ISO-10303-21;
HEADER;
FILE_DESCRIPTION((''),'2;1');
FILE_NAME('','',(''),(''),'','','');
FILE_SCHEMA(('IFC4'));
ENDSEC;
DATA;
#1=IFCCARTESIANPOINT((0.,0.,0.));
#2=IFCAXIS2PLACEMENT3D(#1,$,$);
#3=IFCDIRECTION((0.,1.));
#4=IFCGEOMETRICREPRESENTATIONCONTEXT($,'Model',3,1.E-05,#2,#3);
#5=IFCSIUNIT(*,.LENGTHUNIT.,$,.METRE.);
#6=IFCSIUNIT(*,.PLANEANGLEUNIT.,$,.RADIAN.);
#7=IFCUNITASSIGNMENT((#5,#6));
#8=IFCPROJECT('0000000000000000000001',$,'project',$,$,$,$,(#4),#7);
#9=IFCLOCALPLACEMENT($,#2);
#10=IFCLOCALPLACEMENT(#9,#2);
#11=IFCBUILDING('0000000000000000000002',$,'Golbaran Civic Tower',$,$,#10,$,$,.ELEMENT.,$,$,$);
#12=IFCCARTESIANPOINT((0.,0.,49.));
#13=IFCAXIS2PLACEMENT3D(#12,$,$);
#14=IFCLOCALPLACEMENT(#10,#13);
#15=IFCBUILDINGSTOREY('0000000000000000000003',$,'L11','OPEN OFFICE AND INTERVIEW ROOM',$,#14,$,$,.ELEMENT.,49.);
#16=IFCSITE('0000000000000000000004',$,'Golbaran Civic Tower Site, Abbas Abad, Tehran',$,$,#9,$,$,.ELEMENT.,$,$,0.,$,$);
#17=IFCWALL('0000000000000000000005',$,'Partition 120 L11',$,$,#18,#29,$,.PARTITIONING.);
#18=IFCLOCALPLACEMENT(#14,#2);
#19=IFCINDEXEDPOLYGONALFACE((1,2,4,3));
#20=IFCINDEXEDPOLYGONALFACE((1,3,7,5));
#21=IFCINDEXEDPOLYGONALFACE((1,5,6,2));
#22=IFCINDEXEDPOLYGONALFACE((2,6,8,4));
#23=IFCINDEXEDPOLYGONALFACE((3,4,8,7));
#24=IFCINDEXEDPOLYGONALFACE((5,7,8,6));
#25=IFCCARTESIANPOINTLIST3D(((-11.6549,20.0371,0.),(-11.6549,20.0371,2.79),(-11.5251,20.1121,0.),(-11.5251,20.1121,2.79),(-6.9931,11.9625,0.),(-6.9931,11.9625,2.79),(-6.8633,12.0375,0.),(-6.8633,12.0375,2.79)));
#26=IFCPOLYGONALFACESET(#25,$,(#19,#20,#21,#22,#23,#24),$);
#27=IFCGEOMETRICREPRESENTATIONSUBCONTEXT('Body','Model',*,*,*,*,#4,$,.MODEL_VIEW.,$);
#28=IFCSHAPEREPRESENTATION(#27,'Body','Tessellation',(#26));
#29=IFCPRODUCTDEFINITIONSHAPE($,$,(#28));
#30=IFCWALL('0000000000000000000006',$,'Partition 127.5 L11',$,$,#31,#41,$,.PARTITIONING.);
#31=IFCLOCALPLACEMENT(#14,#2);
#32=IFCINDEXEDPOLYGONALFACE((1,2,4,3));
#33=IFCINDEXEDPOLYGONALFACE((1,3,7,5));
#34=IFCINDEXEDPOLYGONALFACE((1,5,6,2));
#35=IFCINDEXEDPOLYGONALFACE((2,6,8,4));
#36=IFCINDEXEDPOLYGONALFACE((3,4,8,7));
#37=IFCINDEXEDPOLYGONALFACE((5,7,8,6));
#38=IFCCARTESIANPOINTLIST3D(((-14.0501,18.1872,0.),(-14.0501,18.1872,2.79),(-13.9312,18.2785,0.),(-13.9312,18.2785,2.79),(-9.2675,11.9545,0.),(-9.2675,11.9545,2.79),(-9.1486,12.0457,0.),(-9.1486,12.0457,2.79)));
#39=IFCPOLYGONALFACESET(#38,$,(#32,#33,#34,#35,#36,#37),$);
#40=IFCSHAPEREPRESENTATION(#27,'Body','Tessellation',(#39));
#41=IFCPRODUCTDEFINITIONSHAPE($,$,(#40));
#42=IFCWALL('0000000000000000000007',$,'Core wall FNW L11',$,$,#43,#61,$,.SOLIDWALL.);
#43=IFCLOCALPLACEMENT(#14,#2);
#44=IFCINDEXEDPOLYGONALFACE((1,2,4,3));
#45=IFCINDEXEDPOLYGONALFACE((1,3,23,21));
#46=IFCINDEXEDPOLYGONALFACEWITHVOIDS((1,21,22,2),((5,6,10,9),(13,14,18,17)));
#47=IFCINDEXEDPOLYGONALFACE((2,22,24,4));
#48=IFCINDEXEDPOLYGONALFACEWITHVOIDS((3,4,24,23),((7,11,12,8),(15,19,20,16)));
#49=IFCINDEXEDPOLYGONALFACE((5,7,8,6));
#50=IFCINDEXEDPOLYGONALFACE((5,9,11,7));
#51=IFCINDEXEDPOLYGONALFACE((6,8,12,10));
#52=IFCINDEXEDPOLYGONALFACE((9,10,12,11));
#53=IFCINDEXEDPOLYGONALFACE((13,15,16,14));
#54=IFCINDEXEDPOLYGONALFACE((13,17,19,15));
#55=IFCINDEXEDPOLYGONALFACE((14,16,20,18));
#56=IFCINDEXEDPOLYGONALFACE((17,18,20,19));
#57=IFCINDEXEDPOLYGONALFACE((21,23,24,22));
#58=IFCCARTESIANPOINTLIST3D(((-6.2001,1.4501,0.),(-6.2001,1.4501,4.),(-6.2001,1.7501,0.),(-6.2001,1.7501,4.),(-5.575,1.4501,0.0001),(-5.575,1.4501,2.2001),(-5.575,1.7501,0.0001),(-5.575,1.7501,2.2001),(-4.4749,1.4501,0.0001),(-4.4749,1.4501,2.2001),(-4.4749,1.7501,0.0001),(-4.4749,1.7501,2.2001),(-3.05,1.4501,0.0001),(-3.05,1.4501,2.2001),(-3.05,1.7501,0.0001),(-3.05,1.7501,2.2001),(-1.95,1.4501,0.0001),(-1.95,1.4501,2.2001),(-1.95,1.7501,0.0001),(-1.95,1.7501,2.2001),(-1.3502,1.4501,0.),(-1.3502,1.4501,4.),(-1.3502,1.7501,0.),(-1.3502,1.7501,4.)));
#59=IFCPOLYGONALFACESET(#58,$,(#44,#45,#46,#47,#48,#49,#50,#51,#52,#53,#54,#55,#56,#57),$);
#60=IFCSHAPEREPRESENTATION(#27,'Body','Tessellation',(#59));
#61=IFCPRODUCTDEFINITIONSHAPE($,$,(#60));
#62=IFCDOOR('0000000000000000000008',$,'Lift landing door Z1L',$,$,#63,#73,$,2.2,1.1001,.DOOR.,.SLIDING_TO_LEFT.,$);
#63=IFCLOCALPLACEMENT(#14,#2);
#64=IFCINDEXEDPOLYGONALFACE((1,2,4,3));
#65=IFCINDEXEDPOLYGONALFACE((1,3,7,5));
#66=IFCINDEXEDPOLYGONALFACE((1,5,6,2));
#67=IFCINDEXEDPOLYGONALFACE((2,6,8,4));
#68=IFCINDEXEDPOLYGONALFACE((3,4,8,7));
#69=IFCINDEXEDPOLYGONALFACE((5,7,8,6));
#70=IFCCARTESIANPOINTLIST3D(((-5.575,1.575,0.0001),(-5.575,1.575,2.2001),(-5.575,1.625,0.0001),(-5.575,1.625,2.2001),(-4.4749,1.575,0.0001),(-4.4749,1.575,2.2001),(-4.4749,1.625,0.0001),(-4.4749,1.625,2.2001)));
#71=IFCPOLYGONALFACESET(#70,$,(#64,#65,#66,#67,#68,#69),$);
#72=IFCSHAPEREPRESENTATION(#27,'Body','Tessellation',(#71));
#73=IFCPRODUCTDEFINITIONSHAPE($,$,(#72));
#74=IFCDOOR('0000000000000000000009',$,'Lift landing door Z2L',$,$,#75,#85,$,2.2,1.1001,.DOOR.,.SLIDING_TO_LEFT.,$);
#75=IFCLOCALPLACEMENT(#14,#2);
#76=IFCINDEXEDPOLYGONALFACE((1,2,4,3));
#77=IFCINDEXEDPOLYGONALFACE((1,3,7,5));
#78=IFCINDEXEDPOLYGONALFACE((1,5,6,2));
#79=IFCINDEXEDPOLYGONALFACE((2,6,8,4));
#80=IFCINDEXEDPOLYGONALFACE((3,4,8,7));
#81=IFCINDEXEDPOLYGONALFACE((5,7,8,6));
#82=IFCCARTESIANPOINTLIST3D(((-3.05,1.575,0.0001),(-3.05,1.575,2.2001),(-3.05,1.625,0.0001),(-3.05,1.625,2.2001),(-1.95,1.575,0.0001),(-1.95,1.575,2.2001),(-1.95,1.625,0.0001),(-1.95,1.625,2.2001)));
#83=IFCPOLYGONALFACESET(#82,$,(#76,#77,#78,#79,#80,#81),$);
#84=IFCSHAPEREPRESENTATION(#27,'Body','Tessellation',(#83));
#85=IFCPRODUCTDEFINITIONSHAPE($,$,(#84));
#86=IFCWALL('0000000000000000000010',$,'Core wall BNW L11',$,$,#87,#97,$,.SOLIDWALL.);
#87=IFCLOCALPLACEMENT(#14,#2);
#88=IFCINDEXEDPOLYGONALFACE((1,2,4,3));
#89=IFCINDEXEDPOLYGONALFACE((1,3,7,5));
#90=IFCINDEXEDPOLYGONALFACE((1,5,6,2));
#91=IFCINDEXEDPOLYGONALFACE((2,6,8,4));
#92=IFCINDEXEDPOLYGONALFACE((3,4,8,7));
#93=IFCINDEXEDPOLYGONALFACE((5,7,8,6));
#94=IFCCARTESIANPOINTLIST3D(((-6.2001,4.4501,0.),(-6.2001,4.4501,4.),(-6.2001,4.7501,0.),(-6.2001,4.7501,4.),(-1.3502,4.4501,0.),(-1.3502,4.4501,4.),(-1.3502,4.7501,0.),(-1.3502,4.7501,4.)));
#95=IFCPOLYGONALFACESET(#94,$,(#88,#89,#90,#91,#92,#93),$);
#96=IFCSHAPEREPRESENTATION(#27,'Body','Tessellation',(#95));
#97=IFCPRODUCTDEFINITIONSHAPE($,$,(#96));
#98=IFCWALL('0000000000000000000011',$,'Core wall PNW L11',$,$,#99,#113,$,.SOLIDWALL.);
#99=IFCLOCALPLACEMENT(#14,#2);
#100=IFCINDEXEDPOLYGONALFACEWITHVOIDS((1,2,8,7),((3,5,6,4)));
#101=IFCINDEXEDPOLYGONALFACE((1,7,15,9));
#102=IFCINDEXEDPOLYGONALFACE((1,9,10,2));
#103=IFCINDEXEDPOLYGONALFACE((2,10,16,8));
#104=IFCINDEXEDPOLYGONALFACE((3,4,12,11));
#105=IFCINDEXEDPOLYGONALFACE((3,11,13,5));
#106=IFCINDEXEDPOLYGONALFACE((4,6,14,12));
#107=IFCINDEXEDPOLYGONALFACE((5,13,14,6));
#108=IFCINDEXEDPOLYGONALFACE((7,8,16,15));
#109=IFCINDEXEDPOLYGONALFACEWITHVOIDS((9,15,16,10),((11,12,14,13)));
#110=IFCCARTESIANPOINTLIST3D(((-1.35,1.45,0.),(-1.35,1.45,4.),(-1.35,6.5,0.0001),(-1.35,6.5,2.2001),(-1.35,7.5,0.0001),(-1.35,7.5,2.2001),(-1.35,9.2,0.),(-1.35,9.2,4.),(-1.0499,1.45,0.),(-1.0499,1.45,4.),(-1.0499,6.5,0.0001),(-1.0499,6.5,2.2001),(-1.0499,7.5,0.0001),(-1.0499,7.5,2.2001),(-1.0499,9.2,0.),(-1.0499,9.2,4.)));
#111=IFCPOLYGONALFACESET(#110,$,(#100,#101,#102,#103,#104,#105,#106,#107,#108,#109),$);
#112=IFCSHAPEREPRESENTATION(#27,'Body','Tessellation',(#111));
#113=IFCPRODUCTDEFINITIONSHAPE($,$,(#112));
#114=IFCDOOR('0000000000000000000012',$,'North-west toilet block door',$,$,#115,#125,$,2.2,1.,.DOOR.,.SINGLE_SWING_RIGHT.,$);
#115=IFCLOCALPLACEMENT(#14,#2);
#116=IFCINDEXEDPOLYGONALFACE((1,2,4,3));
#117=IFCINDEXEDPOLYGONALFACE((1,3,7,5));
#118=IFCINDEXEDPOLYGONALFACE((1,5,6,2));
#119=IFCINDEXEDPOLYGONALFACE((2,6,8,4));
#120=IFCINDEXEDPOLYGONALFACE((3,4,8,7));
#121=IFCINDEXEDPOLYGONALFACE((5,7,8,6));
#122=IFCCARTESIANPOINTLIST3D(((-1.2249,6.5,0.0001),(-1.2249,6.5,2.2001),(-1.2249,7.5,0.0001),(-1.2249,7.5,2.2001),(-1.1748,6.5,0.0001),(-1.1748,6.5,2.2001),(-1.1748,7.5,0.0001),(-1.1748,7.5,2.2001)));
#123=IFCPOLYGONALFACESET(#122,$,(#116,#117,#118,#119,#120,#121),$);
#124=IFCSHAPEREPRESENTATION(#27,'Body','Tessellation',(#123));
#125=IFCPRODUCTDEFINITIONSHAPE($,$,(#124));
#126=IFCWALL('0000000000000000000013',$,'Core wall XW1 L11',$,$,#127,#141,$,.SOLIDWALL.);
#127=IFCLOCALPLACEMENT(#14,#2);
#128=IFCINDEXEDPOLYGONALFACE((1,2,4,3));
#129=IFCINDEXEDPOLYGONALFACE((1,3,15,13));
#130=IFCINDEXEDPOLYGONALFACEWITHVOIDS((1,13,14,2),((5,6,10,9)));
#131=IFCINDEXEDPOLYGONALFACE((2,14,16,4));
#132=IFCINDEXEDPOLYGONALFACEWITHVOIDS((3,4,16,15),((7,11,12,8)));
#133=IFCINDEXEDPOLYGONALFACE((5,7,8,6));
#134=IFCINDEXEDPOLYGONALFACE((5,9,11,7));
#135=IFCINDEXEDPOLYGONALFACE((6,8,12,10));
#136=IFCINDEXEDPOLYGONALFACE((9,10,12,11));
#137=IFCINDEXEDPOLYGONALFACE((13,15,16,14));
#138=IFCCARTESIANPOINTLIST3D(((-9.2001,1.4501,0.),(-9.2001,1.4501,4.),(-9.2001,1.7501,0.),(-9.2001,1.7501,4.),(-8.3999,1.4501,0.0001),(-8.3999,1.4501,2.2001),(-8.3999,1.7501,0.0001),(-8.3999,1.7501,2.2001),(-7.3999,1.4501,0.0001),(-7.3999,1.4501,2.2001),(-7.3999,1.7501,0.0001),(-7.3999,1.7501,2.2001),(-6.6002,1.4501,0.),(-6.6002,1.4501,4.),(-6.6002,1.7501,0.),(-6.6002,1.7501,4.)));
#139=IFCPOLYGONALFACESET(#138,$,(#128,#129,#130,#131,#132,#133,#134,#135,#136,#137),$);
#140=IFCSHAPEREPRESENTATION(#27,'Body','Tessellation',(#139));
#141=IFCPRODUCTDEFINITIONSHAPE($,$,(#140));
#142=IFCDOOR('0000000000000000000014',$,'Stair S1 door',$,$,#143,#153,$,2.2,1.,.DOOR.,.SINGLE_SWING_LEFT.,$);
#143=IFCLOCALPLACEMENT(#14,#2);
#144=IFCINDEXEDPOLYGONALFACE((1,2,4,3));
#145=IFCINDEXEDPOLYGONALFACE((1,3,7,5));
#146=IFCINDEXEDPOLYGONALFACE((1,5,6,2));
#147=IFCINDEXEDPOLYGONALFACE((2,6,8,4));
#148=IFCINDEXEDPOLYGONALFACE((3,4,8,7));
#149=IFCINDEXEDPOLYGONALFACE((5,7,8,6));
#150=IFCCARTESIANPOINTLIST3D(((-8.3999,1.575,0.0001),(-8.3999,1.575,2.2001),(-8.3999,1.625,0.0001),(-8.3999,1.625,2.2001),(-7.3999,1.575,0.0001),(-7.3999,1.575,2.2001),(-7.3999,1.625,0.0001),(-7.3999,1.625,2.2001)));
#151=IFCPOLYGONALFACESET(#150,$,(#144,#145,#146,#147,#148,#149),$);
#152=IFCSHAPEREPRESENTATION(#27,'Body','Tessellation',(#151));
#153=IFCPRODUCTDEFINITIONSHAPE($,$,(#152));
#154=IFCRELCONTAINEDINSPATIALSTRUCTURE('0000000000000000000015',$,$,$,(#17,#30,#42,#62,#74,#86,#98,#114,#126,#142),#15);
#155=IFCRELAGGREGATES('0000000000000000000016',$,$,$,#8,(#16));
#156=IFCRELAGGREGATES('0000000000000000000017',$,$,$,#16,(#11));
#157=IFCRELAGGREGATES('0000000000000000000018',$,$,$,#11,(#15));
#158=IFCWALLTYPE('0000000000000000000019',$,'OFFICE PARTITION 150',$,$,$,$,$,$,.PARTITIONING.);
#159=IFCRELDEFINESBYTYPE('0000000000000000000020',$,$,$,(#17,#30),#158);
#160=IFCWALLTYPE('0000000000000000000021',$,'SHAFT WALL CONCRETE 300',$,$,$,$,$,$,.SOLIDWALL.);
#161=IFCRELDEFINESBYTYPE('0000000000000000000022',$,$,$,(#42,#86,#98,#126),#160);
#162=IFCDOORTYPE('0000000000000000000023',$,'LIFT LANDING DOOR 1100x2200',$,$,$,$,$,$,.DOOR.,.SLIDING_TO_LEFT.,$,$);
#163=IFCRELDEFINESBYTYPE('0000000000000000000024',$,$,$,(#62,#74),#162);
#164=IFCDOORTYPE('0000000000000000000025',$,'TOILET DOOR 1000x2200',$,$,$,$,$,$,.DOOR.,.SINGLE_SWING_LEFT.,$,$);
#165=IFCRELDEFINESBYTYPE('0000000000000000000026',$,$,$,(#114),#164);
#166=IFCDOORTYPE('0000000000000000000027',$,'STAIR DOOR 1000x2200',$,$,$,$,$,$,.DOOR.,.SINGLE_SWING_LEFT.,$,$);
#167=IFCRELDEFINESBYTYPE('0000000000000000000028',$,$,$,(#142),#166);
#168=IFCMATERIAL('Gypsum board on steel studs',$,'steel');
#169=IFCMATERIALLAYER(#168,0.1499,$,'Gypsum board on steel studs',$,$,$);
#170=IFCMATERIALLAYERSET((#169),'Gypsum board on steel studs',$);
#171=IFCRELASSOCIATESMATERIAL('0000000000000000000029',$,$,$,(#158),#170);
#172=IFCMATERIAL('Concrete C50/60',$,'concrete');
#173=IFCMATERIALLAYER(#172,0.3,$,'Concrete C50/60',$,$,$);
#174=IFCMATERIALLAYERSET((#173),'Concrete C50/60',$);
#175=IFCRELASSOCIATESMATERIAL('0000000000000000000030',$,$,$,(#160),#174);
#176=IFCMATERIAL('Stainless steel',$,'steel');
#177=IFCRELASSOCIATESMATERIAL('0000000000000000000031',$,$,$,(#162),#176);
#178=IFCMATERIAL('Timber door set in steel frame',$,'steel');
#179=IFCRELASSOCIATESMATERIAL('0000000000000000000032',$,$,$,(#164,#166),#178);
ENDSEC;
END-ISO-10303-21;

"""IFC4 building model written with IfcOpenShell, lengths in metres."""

from ifc_helpers import new_model, si_unit, direction, frame, frame_2d, origin, place, context, subcontext, project, spatial, rectangle, extrude, material, layer, layer_set, type_object, element, fill, save


model = new_model("IFC4")

# Units and contexts
model_context = context("Model", 3, precision=1e-05, world=origin(), true_north=direction((0.0, 1.0)))
body_context = subcontext(model_context, "Body", "Model", "MODEL_VIEW")
ifc_project = project(units=[si_unit("LENGTHUNIT", "METRE"), si_unit("PLANEANGLEUNIT", "RADIAN")], contexts=[model_context])

# Site, building, storey
site_placement = place(None, origin())
site = spatial("IfcSite", under=ifc_project, at=site_placement, Name="Golbaran Civic Tower Site, Abbas Abad, Tehran", CompositionType="ELEMENT", RefElevation=0.0)
building_placement = place(site_placement, origin())
building = spatial("IfcBuilding", under=site, at=building_placement, Name="Golbaran Civic Tower", CompositionType="ELEMENT")
storey_placement = place(building_placement, frame((0.0, 0.0, 49.0)))
storey = spatial("IfcBuildingStorey", under=building, at=storey_placement, Name="L11", Description="OPEN OFFICE AND INTERVIEW ROOM", CompositionType="ELEMENT", Elevation=49.0)

# Shared definitions
ifc_material_1 = material(Name="Concrete C50/60", Category="concrete")

# Shared definitions
ifc_material_2 = material(Name="Timber door set in steel frame", Category="steel")

# Walls
ifc_material_3 = material(Name="Gypsum board on steel studs", Category="steel")
ifc_layer_1 = layer(ifc_material_3, 0.1499, Name="Gypsum board on steel studs")
ifc_layer_set_1 = layer_set([ifc_layer_1], Name="Gypsum board on steel studs")
wall_type_1 = type_object("IfcWallType", Name="OFFICE PARTITION 150", PredefinedType="PARTITIONING", material=ifc_layer_set_1)
wall_1_placement = place(storey_placement, frame((-6.9282, 12.0, 0.0), z_axis=(0.0, 0.0, 1.0), x_axis=(-0.499994, 0.866029, 0.0)))
element("IfcWall", 1, at=wall_1_placement, inside=storey, type_object=wall_type_1, Name="Partition 120 L11", PredefinedType="PARTITIONING", context=body_context, shape_type="SweptSolid", body=[
    extrude(rectangle(XDim=9.3237, YDim=0.1499, at=frame_2d((4.6619, 0.0))), origin(), (0.0, 0.0, 1.0), 2.79),
])
wall_2_placement = place(storey_placement, frame((-9.208, 12.0, 0.0), z_axis=(0.0, 0.0, 1.0), x_axis=(-0.60876, 0.793355, 0.0)))
element("IfcWall", 2, at=wall_2_placement, inside=storey, type_object=wall_type_1, Name="Partition 127.5 L11", PredefinedType="PARTITIONING", context=body_context, shape_type="SweptSolid", body=[
    extrude(rectangle(XDim=7.8562, YDim=0.1499, at=frame_2d((3.9282, 0.0))), origin(), (0.0, 0.0, 1.0), 2.79),
])

# Wall, openings, doors
ifc_layer_2 = layer(ifc_material_1, 0.3, Name="Concrete C50/60")
ifc_layer_set_2 = layer_set([ifc_layer_2], Name="Concrete C50/60")
wall_type_2 = type_object("IfcWallType", Name="SHAFT WALL CONCRETE 300", PredefinedType="SOLIDWALL", material=ifc_layer_set_2)
wall_3_placement = place(storey_placement, frame((-6.2, 1.6001, 0.0), z_axis=(0.0, 0.0, 1.0), x_axis=(1.0, 0.0, 0.0)))
wall_3 = element("IfcWall", 3, at=wall_3_placement, inside=storey, type_object=wall_type_2, Name="Core wall FNW L11", PredefinedType="SOLIDWALL", context=body_context, shape_type="SweptSolid", body=[
    extrude(rectangle(XDim=4.8499, YDim=0.3, at=frame_2d((2.4248, 0.0))), origin(), (0.0, 0.0, 1.0), 4.0),
])
opening_1_placement = place(wall_3_placement, frame((0.625, 0.0, 0.0)))
opening_1 = element("IfcOpeningElement", 4, at=opening_1_placement, cuts=wall_3, PredefinedType="OPENING", context=body_context, shape_type="SweptSolid", body=[
    extrude(rectangle(XDim=1.1001, YDim=2.2, at=frame_2d((0.55, 1.1001))), frame((0.0, 0.1599, 0.0), z_axis=(0.0, -1.0, 0.0), x_axis=(1.0, 0.0, 0.0)), (0.0, 0.0, 1.0), 0.3201),
])
opening_2_placement = place(wall_3_placement, frame((3.1499, 0.0, 0.0)))
opening_2 = element("IfcOpeningElement", 5, at=opening_2_placement, cuts=wall_3, PredefinedType="OPENING", context=body_context, shape_type="SweptSolid", body=[
    extrude(rectangle(XDim=1.1001, YDim=2.2, at=frame_2d((0.55, 1.1001))), frame((0.0, 0.1599, 0.0), z_axis=(0.0, -1.0, 0.0), x_axis=(1.0, 0.0, 0.0)), (0.0, 0.0, 1.0), 0.3201),
])
ifc_material_4 = material(Name="Stainless steel", Category="steel")
door_type_1 = type_object("IfcDoorType", Name="LIFT LANDING DOOR 1100x2200", OperationType="SLIDING_TO_LEFT", PredefinedType="DOOR", material=ifc_material_4)
door_1_placement = place(opening_1_placement, origin())
door_1 = element("IfcDoor", 6, at=door_1_placement, inside=storey, type_object=door_type_1, Name="Lift landing door Z1L", OperationType="SLIDING_TO_LEFT", OverallHeight=2.2, OverallWidth=1.1001, PredefinedType="DOOR", context=body_context, shape_type="SweptSolid", body=[
    extrude(rectangle(XDim=1.1001, YDim=2.2, at=frame_2d((0.55, 1.1001))), frame((0.0, 0.0249, 0.0), z_axis=(0.0, -1.0, 0.0), x_axis=(1.0, 0.0, 0.0)), (0.0, 0.0, 1.0), 0.05),
])
fill(opening_1, door_1)
door_2_placement = place(opening_2_placement, origin())
door_2 = element("IfcDoor", 7, at=door_2_placement, inside=storey, type_object=door_type_1, Name="Lift landing door Z2L", OperationType="SLIDING_TO_LEFT", OverallHeight=2.2, OverallWidth=1.1001, PredefinedType="DOOR", context=body_context, shape_type="SweptSolid", body=[
    extrude(rectangle(XDim=1.1001, YDim=2.2, at=frame_2d((0.55, 1.1001))), frame((0.0, 0.0249, 0.0), z_axis=(0.0, -1.0, 0.0), x_axis=(1.0, 0.0, 0.0)), (0.0, 0.0, 1.0), 0.05),
])
fill(opening_2, door_2)

# Wall
wall_4_placement = place(storey_placement, frame((-6.2, 4.6001, 0.0), z_axis=(0.0, 0.0, 1.0), x_axis=(1.0, 0.0, 0.0)))
element("IfcWall", 8, at=wall_4_placement, inside=storey, type_object=wall_type_2, Name="Core wall BNW L11", PredefinedType="SOLIDWALL", context=body_context, shape_type="SweptSolid", body=[
    extrude(rectangle(XDim=4.8499, YDim=0.3, at=frame_2d((2.4248, 0.0))), origin(), (0.0, 0.0, 1.0), 4.0),
])

# Walls, openings, doors
wall_5_placement = place(storey_placement, frame((-1.2, 1.45, 0.0), z_axis=(0.0, 0.0, 1.0), x_axis=(0.0, 1.0, 0.0)))
wall_5 = element("IfcWall", 9, at=wall_5_placement, inside=storey, type_object=wall_type_2, Name="Core wall PNW L11", PredefinedType="SOLIDWALL", context=body_context, shape_type="SweptSolid", body=[
    extrude(rectangle(XDim=7.75, YDim=0.3, at=frame_2d((3.875, 0.0))), origin(), (0.0, 0.0, 1.0), 4.0),
])
opening_3_placement = place(wall_5_placement, frame((5.05, 0.0, 0.0)))
opening_3 = element("IfcOpeningElement", 10, at=opening_3_placement, cuts=wall_5, PredefinedType="OPENING", context=body_context, shape_type="SweptSolid", body=[
    extrude(rectangle(XDim=1.0, YDim=2.2, at=frame_2d((0.5, 1.1001))), frame((0.0, 0.1599, 0.0), z_axis=(0.0, -1.0, 0.0), x_axis=(1.0, 0.0, 0.0)), (0.0, 0.0, 1.0), 0.3201),
])
door_type_2 = type_object("IfcDoorType", Name="TOILET DOOR 1000x2200", OperationType="SINGLE_SWING_LEFT", PredefinedType="DOOR", material=ifc_material_2)
door_3_placement = place(opening_3_placement, origin())
door_3 = element("IfcDoor", 11, at=door_3_placement, inside=storey, type_object=door_type_2, Name="North-west toilet block door", OperationType="SINGLE_SWING_RIGHT", OverallHeight=2.2, OverallWidth=1.0, PredefinedType="DOOR", context=body_context, shape_type="SweptSolid", body=[
    extrude(rectangle(XDim=1.0, YDim=2.2, at=frame_2d((0.5, 1.1001))), frame((0.0, 0.0249, 0.0), z_axis=(0.0, -1.0, 0.0), x_axis=(1.0, 0.0, 0.0)), (0.0, 0.0, 1.0), 0.05),
])
fill(opening_3, door_3)
wall_6_placement = place(storey_placement, frame((-9.2, 1.6001, 0.0), z_axis=(0.0, 0.0, 1.0), x_axis=(1.0, 0.0, 0.0)))
wall_6 = element("IfcWall", 12, at=wall_6_placement, inside=storey, type_object=wall_type_2, Name="Core wall XW1 L11", PredefinedType="SOLIDWALL", context=body_context, shape_type="SweptSolid", body=[
    extrude(rectangle(XDim=2.5999, YDim=0.3, at=frame_2d((1.2998, 0.0))), origin(), (0.0, 0.0, 1.0), 4.0),
])
opening_4_placement = place(wall_6_placement, frame((0.8, 0.0, 0.0)))
opening_4 = element("IfcOpeningElement", 13, at=opening_4_placement, cuts=wall_6, PredefinedType="OPENING", context=body_context, shape_type="SweptSolid", body=[
    extrude(rectangle(XDim=1.0, YDim=2.2, at=frame_2d((0.5, 1.1001))), frame((0.0, 0.1599, 0.0), z_axis=(0.0, -1.0, 0.0), x_axis=(1.0, 0.0, 0.0)), (0.0, 0.0, 1.0), 0.3201),
])
door_type_3 = type_object("IfcDoorType", Name="STAIR DOOR 1000x2200", OperationType="SINGLE_SWING_LEFT", PredefinedType="DOOR", material=ifc_material_2)
door_4_placement = place(opening_4_placement, origin())
door_4 = element("IfcDoor", 14, at=door_4_placement, inside=storey, type_object=door_type_3, Name="Stair S1 door", OperationType="SINGLE_SWING_LEFT", OverallHeight=2.2, OverallWidth=1.0, PredefinedType="DOOR", context=body_context, shape_type="SweptSolid", body=[
    extrude(rectangle(XDim=1.0, YDim=2.2, at=frame_2d((0.5, 1.1001))), frame((0.0, 0.0249, 0.0), z_axis=(0.0, -1.0, 0.0), x_axis=(1.0, 0.0, 0.0)), (0.0, 0.0, 1.0), 0.05),
])
fill(opening_4, door_4)

save(model, "model.ifc")
